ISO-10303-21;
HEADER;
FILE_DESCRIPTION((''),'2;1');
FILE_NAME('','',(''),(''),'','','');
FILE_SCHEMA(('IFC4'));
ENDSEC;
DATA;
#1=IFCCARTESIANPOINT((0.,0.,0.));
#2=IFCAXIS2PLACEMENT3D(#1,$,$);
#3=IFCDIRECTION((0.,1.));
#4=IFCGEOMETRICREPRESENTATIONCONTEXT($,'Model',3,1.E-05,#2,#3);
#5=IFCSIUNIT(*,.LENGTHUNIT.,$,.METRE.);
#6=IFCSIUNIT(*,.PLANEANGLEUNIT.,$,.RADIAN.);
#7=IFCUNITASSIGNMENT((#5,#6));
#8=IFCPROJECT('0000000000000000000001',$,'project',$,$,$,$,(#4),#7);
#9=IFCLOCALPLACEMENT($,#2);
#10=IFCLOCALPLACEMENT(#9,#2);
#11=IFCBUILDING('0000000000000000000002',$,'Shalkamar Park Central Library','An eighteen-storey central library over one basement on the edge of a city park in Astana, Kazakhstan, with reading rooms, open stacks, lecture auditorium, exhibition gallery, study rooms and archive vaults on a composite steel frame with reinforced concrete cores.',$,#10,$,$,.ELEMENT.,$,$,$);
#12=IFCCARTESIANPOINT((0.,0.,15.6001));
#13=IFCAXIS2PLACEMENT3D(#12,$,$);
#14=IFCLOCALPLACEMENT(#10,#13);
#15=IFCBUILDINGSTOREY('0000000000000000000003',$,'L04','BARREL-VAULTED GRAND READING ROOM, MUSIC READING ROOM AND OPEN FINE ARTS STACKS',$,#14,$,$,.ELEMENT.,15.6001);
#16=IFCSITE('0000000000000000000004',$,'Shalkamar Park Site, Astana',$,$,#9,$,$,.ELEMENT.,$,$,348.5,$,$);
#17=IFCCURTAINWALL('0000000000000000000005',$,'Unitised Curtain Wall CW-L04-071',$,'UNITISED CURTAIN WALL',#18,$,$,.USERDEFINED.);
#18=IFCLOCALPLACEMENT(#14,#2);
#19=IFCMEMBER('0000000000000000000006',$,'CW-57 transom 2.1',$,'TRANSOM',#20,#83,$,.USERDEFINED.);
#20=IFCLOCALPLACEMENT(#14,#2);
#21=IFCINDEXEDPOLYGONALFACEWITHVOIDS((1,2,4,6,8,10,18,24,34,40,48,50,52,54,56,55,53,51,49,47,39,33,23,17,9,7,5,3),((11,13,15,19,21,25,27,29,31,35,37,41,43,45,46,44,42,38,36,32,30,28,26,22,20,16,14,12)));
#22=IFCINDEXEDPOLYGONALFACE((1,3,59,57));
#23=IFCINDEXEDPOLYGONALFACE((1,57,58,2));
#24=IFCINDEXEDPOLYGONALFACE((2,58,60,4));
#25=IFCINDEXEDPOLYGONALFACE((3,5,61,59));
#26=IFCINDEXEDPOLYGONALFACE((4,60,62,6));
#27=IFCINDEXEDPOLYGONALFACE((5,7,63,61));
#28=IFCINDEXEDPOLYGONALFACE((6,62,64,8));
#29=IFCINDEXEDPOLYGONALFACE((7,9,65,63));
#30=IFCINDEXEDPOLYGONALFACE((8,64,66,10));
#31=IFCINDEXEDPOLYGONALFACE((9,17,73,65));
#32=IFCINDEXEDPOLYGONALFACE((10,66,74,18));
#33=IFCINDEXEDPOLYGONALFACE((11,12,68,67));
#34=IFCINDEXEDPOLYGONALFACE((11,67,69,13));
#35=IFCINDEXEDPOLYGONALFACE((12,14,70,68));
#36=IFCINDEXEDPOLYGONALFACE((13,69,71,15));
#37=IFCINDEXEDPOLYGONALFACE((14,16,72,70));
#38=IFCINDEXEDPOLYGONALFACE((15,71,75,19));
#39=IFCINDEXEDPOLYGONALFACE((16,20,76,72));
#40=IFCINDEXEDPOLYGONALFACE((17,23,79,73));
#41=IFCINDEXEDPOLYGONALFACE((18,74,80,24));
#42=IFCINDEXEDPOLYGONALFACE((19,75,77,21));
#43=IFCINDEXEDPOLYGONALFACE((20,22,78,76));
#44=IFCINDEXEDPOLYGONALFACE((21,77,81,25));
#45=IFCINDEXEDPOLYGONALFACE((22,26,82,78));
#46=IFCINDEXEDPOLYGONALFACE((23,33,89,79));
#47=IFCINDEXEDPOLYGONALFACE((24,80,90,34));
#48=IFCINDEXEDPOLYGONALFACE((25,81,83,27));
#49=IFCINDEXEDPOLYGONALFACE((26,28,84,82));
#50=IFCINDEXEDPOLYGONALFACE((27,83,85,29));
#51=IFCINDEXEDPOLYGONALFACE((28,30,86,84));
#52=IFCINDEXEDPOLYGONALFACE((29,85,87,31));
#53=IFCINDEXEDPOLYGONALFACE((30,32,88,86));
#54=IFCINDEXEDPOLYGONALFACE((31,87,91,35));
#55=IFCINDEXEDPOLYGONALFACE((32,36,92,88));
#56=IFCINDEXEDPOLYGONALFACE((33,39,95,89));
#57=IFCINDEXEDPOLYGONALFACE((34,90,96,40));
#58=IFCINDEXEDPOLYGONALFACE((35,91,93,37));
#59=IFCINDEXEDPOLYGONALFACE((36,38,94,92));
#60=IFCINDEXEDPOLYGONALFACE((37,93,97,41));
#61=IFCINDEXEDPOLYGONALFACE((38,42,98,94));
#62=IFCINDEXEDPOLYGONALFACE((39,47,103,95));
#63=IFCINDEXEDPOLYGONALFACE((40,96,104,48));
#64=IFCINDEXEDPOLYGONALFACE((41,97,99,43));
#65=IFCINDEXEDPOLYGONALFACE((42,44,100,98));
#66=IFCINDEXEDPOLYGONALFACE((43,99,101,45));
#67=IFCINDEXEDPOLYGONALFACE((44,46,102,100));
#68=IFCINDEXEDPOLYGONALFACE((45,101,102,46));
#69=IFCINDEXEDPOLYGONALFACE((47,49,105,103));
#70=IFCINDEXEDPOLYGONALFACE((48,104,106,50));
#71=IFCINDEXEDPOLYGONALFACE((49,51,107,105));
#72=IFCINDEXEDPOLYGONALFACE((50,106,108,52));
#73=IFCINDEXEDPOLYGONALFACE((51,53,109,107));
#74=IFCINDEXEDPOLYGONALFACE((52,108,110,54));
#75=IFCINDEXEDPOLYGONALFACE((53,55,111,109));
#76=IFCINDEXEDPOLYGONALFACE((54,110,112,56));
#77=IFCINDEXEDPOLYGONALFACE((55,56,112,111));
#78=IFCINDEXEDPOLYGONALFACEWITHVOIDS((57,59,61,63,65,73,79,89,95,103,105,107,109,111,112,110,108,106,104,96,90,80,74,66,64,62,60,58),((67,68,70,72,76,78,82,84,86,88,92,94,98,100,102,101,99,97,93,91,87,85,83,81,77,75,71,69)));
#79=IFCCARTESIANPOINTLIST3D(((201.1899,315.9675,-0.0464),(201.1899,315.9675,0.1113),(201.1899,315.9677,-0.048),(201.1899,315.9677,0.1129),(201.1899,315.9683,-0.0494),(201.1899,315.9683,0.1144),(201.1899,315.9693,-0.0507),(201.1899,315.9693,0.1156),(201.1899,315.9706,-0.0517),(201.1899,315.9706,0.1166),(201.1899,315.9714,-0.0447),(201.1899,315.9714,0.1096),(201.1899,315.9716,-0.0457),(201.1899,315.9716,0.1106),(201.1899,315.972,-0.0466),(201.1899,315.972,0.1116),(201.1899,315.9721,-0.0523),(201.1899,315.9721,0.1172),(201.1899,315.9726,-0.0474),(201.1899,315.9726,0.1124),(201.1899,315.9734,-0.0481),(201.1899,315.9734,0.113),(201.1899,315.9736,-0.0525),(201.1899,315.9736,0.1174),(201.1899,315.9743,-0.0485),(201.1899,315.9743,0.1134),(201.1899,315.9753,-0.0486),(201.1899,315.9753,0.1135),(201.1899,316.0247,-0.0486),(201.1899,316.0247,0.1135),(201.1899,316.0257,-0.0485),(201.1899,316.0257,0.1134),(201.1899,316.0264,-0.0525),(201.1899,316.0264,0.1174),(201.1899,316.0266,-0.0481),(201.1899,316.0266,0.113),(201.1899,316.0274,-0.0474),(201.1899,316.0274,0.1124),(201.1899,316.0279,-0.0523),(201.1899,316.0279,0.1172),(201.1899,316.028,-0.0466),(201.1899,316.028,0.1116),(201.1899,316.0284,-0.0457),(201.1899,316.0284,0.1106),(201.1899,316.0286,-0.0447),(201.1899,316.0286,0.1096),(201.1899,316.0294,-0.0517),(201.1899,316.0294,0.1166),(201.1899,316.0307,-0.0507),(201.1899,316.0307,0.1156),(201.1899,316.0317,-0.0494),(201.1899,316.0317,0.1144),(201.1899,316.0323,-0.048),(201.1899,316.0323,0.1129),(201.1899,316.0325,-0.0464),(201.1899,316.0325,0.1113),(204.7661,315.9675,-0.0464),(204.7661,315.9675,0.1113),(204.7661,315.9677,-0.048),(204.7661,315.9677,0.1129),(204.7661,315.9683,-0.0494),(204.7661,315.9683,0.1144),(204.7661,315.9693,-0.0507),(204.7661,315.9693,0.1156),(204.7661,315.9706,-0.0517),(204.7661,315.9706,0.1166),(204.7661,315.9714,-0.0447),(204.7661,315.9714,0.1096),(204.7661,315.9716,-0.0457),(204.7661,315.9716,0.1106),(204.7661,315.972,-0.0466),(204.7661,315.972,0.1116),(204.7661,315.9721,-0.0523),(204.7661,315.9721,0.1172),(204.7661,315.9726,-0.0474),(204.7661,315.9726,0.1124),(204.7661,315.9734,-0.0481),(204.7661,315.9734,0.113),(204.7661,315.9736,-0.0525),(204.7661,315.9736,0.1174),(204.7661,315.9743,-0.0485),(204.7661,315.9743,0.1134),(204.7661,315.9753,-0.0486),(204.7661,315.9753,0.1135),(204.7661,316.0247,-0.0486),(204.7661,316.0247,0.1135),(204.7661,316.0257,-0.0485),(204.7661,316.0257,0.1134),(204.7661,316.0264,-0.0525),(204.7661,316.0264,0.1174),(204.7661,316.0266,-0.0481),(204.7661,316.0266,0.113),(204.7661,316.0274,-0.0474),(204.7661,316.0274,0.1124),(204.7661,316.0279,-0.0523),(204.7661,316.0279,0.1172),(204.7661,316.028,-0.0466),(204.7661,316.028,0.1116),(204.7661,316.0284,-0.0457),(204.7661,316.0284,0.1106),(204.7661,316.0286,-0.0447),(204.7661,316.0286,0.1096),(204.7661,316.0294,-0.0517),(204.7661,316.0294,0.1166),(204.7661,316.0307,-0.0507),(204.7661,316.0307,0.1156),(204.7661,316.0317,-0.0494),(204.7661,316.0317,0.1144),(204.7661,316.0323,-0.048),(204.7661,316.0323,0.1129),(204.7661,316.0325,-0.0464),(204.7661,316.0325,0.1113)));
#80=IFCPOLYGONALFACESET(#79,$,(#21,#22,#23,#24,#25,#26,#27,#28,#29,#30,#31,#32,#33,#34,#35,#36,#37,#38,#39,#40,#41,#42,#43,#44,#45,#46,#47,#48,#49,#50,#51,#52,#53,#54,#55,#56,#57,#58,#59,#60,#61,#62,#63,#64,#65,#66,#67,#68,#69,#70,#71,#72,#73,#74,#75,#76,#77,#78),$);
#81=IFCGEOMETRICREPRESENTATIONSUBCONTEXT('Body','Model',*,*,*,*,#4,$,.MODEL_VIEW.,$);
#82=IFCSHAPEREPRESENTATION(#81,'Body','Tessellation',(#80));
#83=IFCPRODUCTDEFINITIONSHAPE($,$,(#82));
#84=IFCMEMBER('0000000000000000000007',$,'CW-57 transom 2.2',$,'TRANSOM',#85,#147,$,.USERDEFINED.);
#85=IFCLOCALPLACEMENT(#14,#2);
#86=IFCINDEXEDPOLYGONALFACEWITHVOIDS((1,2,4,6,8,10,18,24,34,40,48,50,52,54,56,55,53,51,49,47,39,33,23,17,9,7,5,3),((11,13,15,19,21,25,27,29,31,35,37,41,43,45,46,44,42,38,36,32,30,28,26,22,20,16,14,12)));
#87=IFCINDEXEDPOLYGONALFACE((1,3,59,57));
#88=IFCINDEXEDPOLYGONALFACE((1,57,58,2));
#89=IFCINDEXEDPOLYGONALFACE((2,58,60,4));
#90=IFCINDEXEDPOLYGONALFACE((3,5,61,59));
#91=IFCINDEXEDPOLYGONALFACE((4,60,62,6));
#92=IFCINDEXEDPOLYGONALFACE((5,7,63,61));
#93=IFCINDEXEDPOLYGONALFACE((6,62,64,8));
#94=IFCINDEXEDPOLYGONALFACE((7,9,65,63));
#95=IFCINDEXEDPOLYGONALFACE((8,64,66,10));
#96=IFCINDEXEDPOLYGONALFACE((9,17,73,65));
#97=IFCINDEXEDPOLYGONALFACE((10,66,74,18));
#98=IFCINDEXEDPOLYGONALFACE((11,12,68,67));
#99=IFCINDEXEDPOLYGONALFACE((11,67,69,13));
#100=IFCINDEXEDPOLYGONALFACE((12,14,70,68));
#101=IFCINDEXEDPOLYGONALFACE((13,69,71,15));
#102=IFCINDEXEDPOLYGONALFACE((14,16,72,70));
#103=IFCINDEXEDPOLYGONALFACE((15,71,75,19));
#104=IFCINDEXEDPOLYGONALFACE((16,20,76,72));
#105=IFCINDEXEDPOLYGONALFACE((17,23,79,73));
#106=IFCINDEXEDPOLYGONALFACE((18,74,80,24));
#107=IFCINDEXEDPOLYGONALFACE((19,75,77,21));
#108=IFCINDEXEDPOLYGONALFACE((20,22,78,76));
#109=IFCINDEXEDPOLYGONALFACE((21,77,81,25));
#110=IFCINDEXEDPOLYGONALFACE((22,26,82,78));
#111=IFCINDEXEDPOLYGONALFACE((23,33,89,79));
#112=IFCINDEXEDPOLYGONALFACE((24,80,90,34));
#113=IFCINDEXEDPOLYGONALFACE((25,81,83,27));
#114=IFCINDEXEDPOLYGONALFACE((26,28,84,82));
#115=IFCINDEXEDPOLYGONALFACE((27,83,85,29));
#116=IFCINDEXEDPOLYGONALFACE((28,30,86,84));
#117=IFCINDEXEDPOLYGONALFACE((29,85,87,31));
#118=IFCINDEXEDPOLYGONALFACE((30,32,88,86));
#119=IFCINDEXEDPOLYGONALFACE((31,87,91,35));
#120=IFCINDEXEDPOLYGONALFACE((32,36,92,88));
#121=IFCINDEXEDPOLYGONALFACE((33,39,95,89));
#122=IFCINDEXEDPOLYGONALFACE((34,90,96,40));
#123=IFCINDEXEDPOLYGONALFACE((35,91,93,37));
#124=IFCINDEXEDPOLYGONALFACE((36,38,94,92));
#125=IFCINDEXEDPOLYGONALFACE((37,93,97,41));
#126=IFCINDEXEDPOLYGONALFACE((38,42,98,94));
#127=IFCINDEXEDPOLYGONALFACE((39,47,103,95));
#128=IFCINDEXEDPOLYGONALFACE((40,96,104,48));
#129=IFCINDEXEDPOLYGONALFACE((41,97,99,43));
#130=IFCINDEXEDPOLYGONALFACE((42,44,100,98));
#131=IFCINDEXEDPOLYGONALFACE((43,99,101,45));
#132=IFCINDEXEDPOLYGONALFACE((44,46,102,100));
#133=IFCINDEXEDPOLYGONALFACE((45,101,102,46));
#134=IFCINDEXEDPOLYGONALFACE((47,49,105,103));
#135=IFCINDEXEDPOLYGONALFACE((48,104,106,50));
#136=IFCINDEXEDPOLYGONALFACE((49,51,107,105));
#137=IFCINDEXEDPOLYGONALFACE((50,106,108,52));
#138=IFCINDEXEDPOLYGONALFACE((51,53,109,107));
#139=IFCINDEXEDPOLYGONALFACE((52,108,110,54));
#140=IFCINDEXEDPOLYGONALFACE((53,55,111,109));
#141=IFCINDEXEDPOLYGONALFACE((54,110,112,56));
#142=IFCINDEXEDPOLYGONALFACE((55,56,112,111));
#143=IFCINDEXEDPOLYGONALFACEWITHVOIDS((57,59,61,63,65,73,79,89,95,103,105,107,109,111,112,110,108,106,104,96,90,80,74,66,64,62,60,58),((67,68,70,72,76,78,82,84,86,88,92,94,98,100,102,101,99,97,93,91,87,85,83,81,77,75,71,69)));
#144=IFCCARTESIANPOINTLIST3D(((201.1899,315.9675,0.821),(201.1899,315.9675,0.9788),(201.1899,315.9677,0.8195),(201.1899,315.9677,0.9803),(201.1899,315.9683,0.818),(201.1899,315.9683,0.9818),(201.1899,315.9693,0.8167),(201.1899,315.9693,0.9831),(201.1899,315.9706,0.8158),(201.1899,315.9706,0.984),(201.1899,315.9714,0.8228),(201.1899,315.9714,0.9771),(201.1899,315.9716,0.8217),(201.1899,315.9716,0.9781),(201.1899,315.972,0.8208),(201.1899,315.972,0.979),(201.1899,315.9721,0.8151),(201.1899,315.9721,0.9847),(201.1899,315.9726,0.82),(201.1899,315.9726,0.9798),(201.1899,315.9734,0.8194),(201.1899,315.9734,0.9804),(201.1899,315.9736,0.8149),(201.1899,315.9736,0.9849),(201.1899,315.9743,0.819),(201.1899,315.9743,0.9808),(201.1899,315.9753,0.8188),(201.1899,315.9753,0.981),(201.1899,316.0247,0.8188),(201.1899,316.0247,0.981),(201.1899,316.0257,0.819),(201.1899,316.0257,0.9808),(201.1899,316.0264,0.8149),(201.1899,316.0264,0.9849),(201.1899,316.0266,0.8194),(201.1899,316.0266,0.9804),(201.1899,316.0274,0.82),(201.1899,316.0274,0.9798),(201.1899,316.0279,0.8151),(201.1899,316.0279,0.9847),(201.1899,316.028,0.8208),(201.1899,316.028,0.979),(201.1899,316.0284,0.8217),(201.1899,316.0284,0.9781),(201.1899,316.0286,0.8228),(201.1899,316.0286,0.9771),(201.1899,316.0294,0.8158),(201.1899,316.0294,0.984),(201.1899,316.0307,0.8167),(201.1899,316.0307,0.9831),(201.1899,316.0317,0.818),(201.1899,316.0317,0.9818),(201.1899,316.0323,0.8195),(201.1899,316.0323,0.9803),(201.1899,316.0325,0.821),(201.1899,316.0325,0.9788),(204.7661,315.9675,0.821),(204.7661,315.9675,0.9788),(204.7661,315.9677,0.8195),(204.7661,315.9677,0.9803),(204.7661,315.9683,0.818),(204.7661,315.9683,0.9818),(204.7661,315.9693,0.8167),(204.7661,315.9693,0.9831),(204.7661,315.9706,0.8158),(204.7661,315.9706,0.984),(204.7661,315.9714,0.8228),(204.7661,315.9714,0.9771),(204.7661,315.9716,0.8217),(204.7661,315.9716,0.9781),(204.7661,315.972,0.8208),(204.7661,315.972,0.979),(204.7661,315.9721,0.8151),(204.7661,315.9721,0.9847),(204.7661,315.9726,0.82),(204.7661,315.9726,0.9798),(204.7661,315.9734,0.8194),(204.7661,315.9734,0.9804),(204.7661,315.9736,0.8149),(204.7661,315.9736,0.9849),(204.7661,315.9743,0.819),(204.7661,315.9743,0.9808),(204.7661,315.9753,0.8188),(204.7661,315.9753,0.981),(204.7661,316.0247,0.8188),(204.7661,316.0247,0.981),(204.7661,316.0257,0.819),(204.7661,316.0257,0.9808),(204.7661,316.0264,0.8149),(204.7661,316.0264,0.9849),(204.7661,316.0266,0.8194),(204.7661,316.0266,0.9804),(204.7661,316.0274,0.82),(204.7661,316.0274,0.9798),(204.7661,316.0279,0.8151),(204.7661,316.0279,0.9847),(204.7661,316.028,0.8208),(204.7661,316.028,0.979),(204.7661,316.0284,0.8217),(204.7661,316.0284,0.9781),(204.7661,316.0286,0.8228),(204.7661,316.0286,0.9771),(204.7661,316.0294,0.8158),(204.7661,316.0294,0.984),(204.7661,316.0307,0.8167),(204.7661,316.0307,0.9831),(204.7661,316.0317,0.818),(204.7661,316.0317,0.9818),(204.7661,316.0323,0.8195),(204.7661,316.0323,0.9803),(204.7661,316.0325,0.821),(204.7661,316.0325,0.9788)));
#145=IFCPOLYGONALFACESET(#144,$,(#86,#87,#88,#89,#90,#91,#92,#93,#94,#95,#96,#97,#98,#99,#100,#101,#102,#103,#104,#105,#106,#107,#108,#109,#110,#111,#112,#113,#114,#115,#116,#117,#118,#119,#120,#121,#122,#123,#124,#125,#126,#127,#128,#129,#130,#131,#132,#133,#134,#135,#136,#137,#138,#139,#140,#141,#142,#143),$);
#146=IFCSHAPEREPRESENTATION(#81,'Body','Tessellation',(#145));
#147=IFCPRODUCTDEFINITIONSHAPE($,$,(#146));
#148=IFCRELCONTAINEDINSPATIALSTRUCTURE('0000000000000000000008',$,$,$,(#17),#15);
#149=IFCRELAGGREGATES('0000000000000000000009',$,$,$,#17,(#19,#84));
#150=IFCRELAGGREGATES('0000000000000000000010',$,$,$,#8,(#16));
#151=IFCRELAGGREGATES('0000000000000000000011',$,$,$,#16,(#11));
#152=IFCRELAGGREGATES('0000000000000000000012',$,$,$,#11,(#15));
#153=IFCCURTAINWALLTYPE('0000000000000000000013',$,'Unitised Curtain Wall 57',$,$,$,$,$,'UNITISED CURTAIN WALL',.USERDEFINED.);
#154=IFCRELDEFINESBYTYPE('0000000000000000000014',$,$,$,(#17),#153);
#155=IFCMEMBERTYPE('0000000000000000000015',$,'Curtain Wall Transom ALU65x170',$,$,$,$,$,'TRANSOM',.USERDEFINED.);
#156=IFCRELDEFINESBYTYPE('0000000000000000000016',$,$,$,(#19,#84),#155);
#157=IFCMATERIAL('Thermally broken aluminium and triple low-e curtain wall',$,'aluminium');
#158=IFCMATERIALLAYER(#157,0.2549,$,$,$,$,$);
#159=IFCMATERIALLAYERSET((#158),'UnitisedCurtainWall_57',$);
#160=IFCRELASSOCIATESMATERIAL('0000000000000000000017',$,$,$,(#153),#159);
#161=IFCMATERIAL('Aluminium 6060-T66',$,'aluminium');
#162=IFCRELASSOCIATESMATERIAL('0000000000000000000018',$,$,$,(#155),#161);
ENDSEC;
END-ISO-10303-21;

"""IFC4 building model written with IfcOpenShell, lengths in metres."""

from ifc_helpers import new_model, si_unit, direction, frame, origin, origin_2d, place, context, subcontext, project, spatial, hollow_rectangle, extrude, material, layer, layer_set, material_profile, profile_set, type_object, element, aggregate, save


model = new_model("IFC4")

# Units and contexts
model_context = context("Model", 3, precision=1e-05, world=origin(), true_north=direction((0.0, 1.0)))
body_context = subcontext(model_context, "Body", "Model", "MODEL_VIEW")
ifc_project = project(units=[si_unit("LENGTHUNIT", "METRE"), si_unit("PLANEANGLEUNIT", "RADIAN")], contexts=[model_context])

# Site, building, storey
site_placement = place(None, origin())
site = spatial("IfcSite", under=ifc_project, at=site_placement, Name="Shalkamar Park Site, Astana", CompositionType="ELEMENT", RefElevation=348.5)
building_placement = place(site_placement, origin())
building = spatial("IfcBuilding", under=site, at=building_placement, Name="Shalkamar Park Central Library", Description="An eighteen-storey central library over one basement on the edge of a city park in Astana, Kazakhstan, with reading rooms, open stacks, lecture auditorium, exhibition gallery, study rooms and archive vaults on a composite steel frame with reinforced concrete cores.", CompositionType="ELEMENT")
storey_placement = place(building_placement, frame((0.0, 0.0, 15.6001)))
storey = spatial("IfcBuildingStorey", under=building, at=storey_placement, Name="L04", Description="BARREL-VAULTED GRAND READING ROOM, MUSIC READING ROOM AND OPEN FINE ARTS STACKS", CompositionType="ELEMENT", Elevation=15.6001)

# Curtain wall
ifc_material_1 = material(Name="Thermally broken aluminium and triple low-e curtain wall", Category="aluminium")
ifc_layer_1 = layer(ifc_material_1, 0.2549)
ifc_layer_set_1 = layer_set([ifc_layer_1], Name="UnitisedCurtainWall_57")
curtain_wall_type_1 = type_object("IfcCurtainWallType", Name="Unitised Curtain Wall 57", ElementType="UNITISED CURTAIN WALL", PredefinedType="USERDEFINED", material=ifc_layer_set_1)
curtain_wall_1_placement = place(storey_placement, origin())
curtain_wall_1 = element("IfcCurtainWall", 1, at=curtain_wall_1_placement, inside=storey, type_object=curtain_wall_type_1, Name="Unitised Curtain Wall CW-L04-071", ObjectType="UNITISED CURTAIN WALL", PredefinedType="USERDEFINED")
ifc_material_2 = material(Name="Aluminium 6060-T66", Category="aluminium")

# Members
ifc_material_profile_1 = material_profile(ifc_material_2, hollow_rectangle(XDim=0.0649, YDim=0.1699, WallThickness=0.0039, InnerFilletRadius=0.0039, OuterFilletRadius=0.0061, at=origin_2d()), Name="ALU 65x170x4")
ifc_profile_set_1 = profile_set([ifc_material_profile_1], Name="Aluminium 6060-T66")
member_type_1 = type_object("IfcMemberType", Name="Curtain Wall Transom ALU65x170", ElementType="TRANSOM", PredefinedType="USERDEFINED", material=ifc_profile_set_1)
member_1_placement = place(storey_placement, frame((201.1899, 316.0, 0.0325), z_axis=(1.0, 0.0, 0.0), x_axis=(0.0, 1.0, 0.0)))
member_1 = element("IfcMember", 2, at=member_1_placement, type_object=member_type_1, Name="CW-57 transom 2.1", ObjectType="TRANSOM", PredefinedType="USERDEFINED", context=body_context, shape_type="SweptSolid", body=[
    extrude(hollow_rectangle(XDim=0.0649, YDim=0.1699, WallThickness=0.0039, InnerFilletRadius=0.0039, OuterFilletRadius=0.0061, at=origin_2d()), origin(), (0.0, 0.0, 1.0), 3.5762),
])
member_2_placement = place(storey_placement, frame((201.1899, 316.0, 0.8999), z_axis=(1.0, 0.0, 0.0), x_axis=(0.0, 1.0, 0.0)))
member_2 = element("IfcMember", 3, at=member_2_placement, type_object=member_type_1, Name="CW-57 transom 2.2", ObjectType="TRANSOM", PredefinedType="USERDEFINED", context=body_context, shape_type="SweptSolid", body=[
    extrude(hollow_rectangle(XDim=0.0649, YDim=0.1699, WallThickness=0.0039, InnerFilletRadius=0.0039, OuterFilletRadius=0.0061, at=origin_2d()), origin(), (0.0, 0.0, 1.0), 3.5762),
])

aggregate(curtain_wall_1, [member_1, member_2])

save(model, "model.ifc")
